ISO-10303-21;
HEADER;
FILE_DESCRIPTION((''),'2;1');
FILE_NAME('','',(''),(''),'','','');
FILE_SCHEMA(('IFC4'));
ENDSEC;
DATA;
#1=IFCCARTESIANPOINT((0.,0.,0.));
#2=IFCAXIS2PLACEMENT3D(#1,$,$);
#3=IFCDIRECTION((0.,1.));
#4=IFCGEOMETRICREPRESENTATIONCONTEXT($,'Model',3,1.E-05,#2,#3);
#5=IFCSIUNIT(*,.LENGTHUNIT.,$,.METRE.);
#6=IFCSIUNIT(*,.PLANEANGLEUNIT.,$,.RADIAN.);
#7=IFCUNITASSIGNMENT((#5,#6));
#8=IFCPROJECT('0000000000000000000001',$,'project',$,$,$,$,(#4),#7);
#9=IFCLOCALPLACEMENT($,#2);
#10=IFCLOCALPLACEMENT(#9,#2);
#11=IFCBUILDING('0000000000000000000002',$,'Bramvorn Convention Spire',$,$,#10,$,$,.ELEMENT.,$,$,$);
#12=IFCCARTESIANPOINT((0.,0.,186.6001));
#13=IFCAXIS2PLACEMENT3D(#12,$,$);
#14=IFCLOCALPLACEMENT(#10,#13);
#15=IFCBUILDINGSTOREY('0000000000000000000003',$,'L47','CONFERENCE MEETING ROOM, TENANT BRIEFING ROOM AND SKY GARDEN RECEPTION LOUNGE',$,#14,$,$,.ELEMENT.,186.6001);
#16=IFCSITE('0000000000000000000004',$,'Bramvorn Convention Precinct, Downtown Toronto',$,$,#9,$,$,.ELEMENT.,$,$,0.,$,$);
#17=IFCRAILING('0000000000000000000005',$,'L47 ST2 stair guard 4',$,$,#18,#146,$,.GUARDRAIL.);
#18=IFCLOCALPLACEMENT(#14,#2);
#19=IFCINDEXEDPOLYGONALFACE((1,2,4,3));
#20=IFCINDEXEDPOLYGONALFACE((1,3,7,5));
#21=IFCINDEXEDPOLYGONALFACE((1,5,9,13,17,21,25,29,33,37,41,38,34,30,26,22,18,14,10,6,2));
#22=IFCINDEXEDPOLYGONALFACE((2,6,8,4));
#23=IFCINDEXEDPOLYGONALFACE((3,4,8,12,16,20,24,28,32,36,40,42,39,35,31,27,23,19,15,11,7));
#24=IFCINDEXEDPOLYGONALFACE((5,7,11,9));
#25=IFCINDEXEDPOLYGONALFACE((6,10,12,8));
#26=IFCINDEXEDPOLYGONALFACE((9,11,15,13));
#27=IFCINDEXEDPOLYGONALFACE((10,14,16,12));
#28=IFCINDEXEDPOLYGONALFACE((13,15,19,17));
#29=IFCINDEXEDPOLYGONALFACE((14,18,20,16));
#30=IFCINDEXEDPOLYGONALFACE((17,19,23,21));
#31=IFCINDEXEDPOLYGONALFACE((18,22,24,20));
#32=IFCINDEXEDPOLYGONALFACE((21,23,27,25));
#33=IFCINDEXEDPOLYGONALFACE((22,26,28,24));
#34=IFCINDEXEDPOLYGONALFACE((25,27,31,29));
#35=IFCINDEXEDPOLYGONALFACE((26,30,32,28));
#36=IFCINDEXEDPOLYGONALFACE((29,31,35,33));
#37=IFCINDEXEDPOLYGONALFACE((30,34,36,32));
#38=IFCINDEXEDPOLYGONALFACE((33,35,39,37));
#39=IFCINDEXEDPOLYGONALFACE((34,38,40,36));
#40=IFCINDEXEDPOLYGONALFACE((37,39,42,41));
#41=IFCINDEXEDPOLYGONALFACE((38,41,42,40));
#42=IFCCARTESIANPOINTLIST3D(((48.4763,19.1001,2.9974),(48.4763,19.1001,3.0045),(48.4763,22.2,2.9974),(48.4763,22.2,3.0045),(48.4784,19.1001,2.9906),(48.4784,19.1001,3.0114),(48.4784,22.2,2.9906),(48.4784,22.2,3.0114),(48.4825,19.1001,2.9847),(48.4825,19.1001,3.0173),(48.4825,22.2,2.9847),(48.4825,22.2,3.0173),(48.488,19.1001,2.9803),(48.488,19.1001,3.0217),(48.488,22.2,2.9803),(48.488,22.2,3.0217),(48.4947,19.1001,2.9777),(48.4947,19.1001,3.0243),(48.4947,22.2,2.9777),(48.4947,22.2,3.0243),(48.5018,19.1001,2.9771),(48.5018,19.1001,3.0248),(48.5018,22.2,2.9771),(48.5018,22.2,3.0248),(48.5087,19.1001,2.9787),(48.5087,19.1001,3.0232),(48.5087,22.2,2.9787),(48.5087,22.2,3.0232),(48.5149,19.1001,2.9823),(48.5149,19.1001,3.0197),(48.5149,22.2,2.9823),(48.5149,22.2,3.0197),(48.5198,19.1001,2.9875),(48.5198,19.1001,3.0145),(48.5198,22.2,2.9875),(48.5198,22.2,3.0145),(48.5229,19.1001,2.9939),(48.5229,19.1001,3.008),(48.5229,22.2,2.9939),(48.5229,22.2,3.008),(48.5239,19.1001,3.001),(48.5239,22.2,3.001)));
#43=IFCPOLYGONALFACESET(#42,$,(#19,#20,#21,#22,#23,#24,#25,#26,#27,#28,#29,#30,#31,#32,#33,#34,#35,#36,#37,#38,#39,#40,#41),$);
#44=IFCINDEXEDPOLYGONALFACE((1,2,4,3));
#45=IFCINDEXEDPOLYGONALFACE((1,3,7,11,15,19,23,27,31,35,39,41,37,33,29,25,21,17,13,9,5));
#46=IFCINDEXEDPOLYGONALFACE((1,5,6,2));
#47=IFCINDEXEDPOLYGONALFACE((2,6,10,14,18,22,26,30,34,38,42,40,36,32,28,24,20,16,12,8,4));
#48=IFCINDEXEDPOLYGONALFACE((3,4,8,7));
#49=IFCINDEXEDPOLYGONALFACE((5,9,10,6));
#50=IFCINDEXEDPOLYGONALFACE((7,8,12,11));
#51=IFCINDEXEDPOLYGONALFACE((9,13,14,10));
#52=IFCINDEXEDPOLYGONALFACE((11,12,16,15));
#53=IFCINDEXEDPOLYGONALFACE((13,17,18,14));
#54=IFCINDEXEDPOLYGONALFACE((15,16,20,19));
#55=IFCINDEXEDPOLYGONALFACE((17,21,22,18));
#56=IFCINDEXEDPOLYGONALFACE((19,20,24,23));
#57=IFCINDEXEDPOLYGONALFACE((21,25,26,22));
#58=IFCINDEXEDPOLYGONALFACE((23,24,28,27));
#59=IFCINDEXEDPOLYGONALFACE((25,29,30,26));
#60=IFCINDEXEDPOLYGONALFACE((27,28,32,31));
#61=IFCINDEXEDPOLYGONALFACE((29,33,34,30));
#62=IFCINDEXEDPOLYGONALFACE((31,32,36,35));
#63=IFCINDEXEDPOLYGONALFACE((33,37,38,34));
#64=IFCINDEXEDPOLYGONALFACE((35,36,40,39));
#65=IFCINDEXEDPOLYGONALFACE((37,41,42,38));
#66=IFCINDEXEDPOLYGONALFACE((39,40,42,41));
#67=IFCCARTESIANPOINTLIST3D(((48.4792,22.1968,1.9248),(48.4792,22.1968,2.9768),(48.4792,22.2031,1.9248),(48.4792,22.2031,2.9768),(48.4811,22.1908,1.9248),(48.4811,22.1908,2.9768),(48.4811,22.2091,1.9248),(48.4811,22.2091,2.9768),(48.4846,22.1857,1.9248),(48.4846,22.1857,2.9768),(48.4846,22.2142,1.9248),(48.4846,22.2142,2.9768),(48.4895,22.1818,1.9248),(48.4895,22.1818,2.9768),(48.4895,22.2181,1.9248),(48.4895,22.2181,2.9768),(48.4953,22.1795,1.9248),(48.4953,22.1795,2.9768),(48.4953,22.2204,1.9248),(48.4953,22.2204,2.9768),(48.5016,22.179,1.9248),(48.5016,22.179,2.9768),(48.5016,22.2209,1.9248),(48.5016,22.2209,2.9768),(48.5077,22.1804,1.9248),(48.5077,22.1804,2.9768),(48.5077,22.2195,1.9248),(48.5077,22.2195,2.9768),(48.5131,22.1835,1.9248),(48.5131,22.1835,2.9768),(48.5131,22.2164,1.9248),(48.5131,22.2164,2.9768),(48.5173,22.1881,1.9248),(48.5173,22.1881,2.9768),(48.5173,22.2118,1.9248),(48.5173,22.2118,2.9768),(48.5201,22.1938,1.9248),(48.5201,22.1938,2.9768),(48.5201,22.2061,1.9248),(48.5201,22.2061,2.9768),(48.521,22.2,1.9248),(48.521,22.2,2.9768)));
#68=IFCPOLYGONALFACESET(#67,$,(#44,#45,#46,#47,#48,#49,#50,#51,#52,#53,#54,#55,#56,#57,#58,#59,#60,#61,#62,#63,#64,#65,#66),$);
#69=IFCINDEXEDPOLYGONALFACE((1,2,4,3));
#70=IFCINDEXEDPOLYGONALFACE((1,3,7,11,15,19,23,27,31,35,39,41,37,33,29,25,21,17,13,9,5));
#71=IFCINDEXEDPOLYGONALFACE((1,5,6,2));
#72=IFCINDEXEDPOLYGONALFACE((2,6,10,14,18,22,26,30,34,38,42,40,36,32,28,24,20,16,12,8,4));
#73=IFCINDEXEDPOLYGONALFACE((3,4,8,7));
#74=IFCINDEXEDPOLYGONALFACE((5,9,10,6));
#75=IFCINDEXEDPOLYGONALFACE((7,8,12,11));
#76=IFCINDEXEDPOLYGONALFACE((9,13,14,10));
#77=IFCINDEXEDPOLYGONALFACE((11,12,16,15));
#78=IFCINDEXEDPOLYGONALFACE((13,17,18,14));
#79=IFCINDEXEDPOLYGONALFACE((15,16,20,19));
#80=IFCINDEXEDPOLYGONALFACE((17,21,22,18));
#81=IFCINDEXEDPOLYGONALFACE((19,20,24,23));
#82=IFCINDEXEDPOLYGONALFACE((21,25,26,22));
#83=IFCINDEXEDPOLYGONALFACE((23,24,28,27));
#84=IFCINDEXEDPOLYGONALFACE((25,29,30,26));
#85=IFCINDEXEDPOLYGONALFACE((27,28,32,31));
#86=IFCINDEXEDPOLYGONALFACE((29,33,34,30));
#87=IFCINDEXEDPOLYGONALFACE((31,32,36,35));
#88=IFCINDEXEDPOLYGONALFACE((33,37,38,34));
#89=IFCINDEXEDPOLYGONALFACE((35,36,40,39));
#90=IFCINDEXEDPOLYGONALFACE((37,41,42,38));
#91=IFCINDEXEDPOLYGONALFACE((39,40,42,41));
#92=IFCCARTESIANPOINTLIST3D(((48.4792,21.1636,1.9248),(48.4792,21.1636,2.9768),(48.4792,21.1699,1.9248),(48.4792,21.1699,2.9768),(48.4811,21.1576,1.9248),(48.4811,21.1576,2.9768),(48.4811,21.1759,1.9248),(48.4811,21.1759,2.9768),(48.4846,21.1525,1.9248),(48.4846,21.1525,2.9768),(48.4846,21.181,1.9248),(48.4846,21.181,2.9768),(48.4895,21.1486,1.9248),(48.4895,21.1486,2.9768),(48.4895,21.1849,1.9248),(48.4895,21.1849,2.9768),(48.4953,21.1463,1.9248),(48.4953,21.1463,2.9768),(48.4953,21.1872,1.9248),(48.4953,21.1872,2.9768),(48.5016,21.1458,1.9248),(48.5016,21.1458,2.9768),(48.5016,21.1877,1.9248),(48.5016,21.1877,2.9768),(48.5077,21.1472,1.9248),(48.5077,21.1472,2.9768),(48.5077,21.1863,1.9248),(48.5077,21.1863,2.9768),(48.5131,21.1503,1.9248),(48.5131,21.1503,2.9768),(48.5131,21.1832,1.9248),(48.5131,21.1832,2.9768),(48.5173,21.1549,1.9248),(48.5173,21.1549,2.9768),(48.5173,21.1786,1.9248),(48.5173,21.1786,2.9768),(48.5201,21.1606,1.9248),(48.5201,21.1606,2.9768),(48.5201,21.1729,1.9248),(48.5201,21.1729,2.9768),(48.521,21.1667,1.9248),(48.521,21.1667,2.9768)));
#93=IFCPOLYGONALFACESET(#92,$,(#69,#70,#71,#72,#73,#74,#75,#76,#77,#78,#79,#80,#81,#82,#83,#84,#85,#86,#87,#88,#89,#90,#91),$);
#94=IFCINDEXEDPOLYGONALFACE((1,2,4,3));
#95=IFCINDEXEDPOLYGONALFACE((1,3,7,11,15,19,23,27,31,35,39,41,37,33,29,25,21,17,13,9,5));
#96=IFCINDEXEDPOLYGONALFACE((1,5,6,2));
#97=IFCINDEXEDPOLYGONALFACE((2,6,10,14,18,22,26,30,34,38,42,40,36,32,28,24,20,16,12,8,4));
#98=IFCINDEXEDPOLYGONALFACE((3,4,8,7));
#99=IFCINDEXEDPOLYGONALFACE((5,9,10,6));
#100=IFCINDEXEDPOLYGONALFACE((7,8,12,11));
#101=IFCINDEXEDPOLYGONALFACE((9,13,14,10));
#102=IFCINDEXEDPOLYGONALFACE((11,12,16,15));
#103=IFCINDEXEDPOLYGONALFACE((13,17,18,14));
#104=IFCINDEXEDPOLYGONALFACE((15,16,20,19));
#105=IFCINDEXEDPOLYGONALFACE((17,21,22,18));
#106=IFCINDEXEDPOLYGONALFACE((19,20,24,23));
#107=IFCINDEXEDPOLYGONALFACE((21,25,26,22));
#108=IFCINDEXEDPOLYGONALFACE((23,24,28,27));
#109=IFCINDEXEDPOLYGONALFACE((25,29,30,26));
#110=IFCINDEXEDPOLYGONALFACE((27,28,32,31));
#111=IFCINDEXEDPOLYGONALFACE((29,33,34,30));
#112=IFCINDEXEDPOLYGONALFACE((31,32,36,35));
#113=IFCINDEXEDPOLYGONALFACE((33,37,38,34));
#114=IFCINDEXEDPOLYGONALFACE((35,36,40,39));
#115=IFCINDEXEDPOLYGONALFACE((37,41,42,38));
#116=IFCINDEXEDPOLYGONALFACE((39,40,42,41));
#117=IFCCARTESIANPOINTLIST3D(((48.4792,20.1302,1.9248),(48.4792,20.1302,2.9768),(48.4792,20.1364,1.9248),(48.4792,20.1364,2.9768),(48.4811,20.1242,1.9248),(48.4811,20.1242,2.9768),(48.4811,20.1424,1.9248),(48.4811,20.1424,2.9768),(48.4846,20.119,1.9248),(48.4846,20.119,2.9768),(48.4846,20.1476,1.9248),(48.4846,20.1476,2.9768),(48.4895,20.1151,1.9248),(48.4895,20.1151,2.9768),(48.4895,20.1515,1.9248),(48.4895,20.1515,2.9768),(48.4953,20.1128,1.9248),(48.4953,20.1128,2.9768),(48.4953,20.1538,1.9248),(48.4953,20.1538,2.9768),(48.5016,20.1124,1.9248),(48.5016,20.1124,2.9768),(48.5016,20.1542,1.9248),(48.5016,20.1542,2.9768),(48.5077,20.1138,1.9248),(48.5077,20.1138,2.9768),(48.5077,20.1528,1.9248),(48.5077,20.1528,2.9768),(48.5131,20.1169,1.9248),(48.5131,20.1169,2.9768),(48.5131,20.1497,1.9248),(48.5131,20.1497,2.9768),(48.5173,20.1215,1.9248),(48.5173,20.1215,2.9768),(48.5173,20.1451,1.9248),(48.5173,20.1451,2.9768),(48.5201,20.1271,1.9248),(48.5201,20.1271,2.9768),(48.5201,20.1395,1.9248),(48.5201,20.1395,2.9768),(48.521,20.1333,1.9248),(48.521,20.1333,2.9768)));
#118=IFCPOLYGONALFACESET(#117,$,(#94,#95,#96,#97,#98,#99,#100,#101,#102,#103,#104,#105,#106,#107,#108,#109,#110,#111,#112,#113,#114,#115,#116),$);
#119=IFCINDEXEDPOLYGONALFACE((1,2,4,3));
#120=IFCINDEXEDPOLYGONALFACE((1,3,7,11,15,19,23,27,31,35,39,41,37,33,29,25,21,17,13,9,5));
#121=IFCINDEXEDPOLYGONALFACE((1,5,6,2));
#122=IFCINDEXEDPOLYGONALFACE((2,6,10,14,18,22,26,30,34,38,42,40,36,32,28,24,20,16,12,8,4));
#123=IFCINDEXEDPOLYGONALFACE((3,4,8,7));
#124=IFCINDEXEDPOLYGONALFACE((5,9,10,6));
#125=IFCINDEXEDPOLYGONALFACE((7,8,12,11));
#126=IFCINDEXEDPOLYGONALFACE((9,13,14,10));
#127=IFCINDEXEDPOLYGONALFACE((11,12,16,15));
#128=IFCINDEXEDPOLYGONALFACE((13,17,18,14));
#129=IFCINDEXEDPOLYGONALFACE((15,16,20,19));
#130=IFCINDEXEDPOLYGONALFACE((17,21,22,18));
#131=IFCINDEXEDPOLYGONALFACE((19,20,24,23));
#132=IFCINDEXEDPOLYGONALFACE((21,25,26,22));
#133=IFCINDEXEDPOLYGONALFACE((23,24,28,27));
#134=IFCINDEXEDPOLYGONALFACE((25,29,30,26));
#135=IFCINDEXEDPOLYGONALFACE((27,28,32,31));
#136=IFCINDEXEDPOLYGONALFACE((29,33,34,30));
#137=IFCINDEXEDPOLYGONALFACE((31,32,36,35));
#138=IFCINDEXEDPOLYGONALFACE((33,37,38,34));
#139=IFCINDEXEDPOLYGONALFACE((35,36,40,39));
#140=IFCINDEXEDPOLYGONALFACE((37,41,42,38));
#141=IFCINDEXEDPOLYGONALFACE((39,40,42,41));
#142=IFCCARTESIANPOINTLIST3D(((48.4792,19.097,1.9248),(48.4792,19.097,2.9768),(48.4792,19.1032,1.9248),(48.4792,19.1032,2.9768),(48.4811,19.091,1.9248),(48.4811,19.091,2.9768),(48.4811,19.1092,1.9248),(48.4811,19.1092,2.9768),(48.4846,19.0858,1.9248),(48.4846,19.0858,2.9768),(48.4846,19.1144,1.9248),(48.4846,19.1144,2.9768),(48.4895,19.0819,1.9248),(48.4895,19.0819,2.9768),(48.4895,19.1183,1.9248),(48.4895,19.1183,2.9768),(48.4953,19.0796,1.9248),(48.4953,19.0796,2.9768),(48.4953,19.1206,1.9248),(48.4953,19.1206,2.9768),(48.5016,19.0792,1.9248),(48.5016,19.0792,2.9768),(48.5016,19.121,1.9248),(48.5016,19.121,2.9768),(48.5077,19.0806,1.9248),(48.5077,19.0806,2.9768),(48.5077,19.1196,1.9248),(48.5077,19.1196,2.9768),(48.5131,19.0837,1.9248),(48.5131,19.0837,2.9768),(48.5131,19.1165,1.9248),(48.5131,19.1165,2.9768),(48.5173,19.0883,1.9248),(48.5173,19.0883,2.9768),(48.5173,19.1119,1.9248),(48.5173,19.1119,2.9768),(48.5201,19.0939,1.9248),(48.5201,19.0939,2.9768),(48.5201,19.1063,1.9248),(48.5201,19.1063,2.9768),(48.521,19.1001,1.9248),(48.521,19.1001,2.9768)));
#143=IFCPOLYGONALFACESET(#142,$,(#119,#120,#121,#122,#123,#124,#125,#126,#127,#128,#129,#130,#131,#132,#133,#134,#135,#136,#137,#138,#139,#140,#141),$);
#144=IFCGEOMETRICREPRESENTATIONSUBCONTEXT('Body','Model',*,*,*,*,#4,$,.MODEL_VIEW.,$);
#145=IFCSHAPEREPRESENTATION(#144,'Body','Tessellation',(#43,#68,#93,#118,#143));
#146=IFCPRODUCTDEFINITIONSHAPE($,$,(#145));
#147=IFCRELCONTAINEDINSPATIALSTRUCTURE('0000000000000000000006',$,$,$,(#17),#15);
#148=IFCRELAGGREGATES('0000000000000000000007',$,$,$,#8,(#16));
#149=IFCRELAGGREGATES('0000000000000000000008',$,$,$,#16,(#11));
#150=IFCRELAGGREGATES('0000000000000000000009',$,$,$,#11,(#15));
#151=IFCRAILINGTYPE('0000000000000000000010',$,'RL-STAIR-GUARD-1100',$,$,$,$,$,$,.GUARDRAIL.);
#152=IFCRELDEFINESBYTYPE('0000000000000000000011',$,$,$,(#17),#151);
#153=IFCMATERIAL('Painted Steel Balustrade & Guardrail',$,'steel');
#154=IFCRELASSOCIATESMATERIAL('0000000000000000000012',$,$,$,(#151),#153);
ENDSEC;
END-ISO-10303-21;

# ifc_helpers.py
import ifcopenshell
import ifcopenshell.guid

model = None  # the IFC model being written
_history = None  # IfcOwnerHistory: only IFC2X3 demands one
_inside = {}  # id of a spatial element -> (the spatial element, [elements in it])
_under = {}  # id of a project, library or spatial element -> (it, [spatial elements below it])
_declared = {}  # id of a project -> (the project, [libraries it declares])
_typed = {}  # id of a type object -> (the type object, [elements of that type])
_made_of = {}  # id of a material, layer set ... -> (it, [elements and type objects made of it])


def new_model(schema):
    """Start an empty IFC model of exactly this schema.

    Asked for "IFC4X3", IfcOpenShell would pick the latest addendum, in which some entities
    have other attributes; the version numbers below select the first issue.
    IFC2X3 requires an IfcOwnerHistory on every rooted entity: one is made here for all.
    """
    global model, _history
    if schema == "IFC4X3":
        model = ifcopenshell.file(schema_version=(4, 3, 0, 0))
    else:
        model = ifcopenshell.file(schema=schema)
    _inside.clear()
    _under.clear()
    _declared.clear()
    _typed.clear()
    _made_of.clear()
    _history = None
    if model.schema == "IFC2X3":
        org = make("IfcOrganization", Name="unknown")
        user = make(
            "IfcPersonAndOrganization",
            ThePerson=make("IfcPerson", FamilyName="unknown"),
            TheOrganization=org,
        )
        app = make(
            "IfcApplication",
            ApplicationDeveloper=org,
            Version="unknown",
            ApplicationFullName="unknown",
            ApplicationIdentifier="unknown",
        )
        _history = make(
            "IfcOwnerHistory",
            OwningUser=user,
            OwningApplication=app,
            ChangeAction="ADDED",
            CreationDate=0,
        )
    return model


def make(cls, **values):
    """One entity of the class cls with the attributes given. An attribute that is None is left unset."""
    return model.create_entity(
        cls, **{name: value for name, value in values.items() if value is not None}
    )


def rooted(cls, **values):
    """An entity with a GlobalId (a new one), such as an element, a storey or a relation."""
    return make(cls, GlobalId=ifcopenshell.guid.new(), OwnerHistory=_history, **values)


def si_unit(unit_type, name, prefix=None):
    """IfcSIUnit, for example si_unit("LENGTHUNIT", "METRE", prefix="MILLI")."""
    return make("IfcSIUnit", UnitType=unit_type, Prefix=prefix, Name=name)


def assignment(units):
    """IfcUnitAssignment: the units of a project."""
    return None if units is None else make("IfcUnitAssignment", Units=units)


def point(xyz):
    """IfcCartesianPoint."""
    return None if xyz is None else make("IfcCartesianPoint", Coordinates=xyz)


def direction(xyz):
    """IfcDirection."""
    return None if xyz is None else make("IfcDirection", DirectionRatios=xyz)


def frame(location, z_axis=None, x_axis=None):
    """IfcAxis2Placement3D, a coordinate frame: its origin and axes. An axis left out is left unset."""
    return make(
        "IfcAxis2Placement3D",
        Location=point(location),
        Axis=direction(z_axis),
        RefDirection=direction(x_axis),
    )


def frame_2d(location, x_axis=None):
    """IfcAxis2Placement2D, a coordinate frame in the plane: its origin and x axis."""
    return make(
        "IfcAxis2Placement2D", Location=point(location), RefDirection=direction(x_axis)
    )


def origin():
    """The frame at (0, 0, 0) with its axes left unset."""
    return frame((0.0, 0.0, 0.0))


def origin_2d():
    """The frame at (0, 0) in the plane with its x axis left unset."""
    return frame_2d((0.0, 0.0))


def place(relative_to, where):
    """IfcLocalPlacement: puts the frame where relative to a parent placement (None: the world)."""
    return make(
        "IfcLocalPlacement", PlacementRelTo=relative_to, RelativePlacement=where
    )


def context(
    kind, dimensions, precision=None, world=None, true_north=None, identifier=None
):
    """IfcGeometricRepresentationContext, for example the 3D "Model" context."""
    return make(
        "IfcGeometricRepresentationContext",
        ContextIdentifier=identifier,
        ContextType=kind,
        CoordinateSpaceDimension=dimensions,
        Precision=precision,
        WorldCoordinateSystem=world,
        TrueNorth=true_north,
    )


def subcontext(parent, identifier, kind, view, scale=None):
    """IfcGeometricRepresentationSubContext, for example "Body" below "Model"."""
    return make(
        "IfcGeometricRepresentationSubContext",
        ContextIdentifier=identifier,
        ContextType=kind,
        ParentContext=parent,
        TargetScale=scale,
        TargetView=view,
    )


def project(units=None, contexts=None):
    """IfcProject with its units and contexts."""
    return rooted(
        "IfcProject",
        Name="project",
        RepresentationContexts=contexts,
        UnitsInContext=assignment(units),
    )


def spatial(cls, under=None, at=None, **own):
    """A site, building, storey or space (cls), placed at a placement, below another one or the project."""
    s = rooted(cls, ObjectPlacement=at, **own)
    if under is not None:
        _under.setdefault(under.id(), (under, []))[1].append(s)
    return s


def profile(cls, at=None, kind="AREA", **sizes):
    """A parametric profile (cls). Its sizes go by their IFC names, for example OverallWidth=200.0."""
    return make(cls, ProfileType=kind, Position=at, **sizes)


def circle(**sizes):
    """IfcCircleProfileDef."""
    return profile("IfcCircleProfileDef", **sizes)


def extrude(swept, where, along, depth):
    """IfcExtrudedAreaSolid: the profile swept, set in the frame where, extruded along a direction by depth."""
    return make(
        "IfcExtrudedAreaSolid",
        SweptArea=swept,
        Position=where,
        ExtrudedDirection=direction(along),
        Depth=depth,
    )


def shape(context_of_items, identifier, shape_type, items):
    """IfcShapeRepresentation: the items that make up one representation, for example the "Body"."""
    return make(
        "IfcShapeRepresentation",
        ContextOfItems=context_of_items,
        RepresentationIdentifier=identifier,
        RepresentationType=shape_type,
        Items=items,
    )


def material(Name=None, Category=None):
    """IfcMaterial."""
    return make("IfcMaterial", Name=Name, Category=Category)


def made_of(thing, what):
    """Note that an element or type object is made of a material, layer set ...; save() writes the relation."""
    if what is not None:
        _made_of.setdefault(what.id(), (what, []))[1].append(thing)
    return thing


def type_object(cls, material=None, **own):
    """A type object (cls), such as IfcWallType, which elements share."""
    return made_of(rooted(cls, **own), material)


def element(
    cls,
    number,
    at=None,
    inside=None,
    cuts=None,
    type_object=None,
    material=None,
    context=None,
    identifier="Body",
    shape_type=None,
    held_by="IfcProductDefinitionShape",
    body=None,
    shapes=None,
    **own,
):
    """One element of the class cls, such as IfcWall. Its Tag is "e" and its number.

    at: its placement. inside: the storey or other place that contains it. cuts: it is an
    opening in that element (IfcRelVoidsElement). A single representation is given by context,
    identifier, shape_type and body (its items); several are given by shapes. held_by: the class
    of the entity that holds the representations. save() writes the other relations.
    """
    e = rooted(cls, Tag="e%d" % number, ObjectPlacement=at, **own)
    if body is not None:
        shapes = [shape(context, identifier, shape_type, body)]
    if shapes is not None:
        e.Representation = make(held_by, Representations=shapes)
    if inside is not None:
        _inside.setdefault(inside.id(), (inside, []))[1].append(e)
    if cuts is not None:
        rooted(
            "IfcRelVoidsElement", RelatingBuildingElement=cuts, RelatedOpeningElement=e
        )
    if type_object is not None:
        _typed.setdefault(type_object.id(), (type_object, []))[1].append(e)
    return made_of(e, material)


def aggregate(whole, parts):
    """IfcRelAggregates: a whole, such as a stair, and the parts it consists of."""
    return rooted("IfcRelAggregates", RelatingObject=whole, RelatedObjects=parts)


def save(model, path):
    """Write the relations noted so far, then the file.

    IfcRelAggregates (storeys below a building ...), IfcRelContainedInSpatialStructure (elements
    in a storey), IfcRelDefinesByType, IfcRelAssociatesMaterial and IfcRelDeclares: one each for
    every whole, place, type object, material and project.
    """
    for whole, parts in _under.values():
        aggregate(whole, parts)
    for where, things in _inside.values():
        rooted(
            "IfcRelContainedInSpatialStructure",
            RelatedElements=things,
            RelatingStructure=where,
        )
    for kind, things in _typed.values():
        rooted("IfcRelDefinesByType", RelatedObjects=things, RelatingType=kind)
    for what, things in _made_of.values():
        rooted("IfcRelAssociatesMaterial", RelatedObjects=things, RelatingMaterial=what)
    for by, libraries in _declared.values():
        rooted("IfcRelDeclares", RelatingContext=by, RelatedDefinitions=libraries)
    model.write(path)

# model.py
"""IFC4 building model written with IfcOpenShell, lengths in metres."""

from ifc_helpers import new_model, si_unit, direction, frame, origin, origin_2d, place, context, subcontext, project, spatial, circle, extrude, material, type_object, element, save


model = new_model("IFC4")

# Units and contexts
model_context = context("Model", 3, precision=1e-05, world=origin(), true_north=direction((0.0, 1.0)))
body_context = subcontext(model_context, "Body", "Model", "MODEL_VIEW")
ifc_project = project(units=[si_unit("LENGTHUNIT", "METRE"), si_unit("PLANEANGLEUNIT", "RADIAN")], contexts=[model_context])

# Site, building, storey
site_placement = place(None, origin())
site = spatial("IfcSite", under=ifc_project, at=site_placement, Name="Bramvorn Convention Precinct, Downtown Toronto", CompositionType="ELEMENT", RefElevation=0.0)
building_placement = place(site_placement, origin())
building = spatial("IfcBuilding", under=site, at=building_placement, Name="Bramvorn Convention Spire", CompositionType="ELEMENT")
storey_placement = place(building_placement, frame((0.0, 0.0, 186.6001)))
storey = spatial("IfcBuildingStorey", under=building, at=storey_placement, Name="L47", Description="CONFERENCE MEETING ROOM, TENANT BRIEFING ROOM AND SKY GARDEN RECEPTION LOUNGE", CompositionType="ELEMENT", Elevation=186.6001)

# Railing
ifc_material_1 = material(Name="Painted Steel Balustrade & Guardrail", Category="steel")
railing_type_1 = type_object("IfcRailingType", Name="RL-STAIR-GUARD-1100", PredefinedType="GUARDRAIL", material=ifc_material_1)
railing_1_placement = place(storey_placement, frame((48.5, 22.2, 1.9248)))
element("IfcRailing", 1, at=railing_1_placement, inside=storey, type_object=railing_type_1, Name="L47 ST2 stair guard 4", PredefinedType="GUARDRAIL", context=body_context, shape_type="SweptSolid", body=[
    extrude(circle(Radius=0.0239, at=origin_2d()), frame((0.0, 0.0, 1.0762), z_axis=(0.0, -1.0, 0.0), x_axis=(1.0, 0.0, 0.0)), (0.0, 0.0, 1.0), 3.0999),
    extrude(circle(Radius=0.021, at=origin_2d()), origin(), (0.0, 0.0, 1.0), 1.052),
    extrude(circle(Radius=0.021, at=origin_2d()), frame((0.0, -1.0332, 0.0)), (0.0, 0.0, 1.0), 1.052),
    extrude(circle(Radius=0.021, at=origin_2d()), frame((0.0, -2.0667, 0.0)), (0.0, 0.0, 1.0), 1.052),
    extrude(circle(Radius=0.021, at=origin_2d()), frame((0.0, -3.0999, 0.0)), (0.0, 0.0, 1.0), 1.052),
])

save(model, "model.ifc")
